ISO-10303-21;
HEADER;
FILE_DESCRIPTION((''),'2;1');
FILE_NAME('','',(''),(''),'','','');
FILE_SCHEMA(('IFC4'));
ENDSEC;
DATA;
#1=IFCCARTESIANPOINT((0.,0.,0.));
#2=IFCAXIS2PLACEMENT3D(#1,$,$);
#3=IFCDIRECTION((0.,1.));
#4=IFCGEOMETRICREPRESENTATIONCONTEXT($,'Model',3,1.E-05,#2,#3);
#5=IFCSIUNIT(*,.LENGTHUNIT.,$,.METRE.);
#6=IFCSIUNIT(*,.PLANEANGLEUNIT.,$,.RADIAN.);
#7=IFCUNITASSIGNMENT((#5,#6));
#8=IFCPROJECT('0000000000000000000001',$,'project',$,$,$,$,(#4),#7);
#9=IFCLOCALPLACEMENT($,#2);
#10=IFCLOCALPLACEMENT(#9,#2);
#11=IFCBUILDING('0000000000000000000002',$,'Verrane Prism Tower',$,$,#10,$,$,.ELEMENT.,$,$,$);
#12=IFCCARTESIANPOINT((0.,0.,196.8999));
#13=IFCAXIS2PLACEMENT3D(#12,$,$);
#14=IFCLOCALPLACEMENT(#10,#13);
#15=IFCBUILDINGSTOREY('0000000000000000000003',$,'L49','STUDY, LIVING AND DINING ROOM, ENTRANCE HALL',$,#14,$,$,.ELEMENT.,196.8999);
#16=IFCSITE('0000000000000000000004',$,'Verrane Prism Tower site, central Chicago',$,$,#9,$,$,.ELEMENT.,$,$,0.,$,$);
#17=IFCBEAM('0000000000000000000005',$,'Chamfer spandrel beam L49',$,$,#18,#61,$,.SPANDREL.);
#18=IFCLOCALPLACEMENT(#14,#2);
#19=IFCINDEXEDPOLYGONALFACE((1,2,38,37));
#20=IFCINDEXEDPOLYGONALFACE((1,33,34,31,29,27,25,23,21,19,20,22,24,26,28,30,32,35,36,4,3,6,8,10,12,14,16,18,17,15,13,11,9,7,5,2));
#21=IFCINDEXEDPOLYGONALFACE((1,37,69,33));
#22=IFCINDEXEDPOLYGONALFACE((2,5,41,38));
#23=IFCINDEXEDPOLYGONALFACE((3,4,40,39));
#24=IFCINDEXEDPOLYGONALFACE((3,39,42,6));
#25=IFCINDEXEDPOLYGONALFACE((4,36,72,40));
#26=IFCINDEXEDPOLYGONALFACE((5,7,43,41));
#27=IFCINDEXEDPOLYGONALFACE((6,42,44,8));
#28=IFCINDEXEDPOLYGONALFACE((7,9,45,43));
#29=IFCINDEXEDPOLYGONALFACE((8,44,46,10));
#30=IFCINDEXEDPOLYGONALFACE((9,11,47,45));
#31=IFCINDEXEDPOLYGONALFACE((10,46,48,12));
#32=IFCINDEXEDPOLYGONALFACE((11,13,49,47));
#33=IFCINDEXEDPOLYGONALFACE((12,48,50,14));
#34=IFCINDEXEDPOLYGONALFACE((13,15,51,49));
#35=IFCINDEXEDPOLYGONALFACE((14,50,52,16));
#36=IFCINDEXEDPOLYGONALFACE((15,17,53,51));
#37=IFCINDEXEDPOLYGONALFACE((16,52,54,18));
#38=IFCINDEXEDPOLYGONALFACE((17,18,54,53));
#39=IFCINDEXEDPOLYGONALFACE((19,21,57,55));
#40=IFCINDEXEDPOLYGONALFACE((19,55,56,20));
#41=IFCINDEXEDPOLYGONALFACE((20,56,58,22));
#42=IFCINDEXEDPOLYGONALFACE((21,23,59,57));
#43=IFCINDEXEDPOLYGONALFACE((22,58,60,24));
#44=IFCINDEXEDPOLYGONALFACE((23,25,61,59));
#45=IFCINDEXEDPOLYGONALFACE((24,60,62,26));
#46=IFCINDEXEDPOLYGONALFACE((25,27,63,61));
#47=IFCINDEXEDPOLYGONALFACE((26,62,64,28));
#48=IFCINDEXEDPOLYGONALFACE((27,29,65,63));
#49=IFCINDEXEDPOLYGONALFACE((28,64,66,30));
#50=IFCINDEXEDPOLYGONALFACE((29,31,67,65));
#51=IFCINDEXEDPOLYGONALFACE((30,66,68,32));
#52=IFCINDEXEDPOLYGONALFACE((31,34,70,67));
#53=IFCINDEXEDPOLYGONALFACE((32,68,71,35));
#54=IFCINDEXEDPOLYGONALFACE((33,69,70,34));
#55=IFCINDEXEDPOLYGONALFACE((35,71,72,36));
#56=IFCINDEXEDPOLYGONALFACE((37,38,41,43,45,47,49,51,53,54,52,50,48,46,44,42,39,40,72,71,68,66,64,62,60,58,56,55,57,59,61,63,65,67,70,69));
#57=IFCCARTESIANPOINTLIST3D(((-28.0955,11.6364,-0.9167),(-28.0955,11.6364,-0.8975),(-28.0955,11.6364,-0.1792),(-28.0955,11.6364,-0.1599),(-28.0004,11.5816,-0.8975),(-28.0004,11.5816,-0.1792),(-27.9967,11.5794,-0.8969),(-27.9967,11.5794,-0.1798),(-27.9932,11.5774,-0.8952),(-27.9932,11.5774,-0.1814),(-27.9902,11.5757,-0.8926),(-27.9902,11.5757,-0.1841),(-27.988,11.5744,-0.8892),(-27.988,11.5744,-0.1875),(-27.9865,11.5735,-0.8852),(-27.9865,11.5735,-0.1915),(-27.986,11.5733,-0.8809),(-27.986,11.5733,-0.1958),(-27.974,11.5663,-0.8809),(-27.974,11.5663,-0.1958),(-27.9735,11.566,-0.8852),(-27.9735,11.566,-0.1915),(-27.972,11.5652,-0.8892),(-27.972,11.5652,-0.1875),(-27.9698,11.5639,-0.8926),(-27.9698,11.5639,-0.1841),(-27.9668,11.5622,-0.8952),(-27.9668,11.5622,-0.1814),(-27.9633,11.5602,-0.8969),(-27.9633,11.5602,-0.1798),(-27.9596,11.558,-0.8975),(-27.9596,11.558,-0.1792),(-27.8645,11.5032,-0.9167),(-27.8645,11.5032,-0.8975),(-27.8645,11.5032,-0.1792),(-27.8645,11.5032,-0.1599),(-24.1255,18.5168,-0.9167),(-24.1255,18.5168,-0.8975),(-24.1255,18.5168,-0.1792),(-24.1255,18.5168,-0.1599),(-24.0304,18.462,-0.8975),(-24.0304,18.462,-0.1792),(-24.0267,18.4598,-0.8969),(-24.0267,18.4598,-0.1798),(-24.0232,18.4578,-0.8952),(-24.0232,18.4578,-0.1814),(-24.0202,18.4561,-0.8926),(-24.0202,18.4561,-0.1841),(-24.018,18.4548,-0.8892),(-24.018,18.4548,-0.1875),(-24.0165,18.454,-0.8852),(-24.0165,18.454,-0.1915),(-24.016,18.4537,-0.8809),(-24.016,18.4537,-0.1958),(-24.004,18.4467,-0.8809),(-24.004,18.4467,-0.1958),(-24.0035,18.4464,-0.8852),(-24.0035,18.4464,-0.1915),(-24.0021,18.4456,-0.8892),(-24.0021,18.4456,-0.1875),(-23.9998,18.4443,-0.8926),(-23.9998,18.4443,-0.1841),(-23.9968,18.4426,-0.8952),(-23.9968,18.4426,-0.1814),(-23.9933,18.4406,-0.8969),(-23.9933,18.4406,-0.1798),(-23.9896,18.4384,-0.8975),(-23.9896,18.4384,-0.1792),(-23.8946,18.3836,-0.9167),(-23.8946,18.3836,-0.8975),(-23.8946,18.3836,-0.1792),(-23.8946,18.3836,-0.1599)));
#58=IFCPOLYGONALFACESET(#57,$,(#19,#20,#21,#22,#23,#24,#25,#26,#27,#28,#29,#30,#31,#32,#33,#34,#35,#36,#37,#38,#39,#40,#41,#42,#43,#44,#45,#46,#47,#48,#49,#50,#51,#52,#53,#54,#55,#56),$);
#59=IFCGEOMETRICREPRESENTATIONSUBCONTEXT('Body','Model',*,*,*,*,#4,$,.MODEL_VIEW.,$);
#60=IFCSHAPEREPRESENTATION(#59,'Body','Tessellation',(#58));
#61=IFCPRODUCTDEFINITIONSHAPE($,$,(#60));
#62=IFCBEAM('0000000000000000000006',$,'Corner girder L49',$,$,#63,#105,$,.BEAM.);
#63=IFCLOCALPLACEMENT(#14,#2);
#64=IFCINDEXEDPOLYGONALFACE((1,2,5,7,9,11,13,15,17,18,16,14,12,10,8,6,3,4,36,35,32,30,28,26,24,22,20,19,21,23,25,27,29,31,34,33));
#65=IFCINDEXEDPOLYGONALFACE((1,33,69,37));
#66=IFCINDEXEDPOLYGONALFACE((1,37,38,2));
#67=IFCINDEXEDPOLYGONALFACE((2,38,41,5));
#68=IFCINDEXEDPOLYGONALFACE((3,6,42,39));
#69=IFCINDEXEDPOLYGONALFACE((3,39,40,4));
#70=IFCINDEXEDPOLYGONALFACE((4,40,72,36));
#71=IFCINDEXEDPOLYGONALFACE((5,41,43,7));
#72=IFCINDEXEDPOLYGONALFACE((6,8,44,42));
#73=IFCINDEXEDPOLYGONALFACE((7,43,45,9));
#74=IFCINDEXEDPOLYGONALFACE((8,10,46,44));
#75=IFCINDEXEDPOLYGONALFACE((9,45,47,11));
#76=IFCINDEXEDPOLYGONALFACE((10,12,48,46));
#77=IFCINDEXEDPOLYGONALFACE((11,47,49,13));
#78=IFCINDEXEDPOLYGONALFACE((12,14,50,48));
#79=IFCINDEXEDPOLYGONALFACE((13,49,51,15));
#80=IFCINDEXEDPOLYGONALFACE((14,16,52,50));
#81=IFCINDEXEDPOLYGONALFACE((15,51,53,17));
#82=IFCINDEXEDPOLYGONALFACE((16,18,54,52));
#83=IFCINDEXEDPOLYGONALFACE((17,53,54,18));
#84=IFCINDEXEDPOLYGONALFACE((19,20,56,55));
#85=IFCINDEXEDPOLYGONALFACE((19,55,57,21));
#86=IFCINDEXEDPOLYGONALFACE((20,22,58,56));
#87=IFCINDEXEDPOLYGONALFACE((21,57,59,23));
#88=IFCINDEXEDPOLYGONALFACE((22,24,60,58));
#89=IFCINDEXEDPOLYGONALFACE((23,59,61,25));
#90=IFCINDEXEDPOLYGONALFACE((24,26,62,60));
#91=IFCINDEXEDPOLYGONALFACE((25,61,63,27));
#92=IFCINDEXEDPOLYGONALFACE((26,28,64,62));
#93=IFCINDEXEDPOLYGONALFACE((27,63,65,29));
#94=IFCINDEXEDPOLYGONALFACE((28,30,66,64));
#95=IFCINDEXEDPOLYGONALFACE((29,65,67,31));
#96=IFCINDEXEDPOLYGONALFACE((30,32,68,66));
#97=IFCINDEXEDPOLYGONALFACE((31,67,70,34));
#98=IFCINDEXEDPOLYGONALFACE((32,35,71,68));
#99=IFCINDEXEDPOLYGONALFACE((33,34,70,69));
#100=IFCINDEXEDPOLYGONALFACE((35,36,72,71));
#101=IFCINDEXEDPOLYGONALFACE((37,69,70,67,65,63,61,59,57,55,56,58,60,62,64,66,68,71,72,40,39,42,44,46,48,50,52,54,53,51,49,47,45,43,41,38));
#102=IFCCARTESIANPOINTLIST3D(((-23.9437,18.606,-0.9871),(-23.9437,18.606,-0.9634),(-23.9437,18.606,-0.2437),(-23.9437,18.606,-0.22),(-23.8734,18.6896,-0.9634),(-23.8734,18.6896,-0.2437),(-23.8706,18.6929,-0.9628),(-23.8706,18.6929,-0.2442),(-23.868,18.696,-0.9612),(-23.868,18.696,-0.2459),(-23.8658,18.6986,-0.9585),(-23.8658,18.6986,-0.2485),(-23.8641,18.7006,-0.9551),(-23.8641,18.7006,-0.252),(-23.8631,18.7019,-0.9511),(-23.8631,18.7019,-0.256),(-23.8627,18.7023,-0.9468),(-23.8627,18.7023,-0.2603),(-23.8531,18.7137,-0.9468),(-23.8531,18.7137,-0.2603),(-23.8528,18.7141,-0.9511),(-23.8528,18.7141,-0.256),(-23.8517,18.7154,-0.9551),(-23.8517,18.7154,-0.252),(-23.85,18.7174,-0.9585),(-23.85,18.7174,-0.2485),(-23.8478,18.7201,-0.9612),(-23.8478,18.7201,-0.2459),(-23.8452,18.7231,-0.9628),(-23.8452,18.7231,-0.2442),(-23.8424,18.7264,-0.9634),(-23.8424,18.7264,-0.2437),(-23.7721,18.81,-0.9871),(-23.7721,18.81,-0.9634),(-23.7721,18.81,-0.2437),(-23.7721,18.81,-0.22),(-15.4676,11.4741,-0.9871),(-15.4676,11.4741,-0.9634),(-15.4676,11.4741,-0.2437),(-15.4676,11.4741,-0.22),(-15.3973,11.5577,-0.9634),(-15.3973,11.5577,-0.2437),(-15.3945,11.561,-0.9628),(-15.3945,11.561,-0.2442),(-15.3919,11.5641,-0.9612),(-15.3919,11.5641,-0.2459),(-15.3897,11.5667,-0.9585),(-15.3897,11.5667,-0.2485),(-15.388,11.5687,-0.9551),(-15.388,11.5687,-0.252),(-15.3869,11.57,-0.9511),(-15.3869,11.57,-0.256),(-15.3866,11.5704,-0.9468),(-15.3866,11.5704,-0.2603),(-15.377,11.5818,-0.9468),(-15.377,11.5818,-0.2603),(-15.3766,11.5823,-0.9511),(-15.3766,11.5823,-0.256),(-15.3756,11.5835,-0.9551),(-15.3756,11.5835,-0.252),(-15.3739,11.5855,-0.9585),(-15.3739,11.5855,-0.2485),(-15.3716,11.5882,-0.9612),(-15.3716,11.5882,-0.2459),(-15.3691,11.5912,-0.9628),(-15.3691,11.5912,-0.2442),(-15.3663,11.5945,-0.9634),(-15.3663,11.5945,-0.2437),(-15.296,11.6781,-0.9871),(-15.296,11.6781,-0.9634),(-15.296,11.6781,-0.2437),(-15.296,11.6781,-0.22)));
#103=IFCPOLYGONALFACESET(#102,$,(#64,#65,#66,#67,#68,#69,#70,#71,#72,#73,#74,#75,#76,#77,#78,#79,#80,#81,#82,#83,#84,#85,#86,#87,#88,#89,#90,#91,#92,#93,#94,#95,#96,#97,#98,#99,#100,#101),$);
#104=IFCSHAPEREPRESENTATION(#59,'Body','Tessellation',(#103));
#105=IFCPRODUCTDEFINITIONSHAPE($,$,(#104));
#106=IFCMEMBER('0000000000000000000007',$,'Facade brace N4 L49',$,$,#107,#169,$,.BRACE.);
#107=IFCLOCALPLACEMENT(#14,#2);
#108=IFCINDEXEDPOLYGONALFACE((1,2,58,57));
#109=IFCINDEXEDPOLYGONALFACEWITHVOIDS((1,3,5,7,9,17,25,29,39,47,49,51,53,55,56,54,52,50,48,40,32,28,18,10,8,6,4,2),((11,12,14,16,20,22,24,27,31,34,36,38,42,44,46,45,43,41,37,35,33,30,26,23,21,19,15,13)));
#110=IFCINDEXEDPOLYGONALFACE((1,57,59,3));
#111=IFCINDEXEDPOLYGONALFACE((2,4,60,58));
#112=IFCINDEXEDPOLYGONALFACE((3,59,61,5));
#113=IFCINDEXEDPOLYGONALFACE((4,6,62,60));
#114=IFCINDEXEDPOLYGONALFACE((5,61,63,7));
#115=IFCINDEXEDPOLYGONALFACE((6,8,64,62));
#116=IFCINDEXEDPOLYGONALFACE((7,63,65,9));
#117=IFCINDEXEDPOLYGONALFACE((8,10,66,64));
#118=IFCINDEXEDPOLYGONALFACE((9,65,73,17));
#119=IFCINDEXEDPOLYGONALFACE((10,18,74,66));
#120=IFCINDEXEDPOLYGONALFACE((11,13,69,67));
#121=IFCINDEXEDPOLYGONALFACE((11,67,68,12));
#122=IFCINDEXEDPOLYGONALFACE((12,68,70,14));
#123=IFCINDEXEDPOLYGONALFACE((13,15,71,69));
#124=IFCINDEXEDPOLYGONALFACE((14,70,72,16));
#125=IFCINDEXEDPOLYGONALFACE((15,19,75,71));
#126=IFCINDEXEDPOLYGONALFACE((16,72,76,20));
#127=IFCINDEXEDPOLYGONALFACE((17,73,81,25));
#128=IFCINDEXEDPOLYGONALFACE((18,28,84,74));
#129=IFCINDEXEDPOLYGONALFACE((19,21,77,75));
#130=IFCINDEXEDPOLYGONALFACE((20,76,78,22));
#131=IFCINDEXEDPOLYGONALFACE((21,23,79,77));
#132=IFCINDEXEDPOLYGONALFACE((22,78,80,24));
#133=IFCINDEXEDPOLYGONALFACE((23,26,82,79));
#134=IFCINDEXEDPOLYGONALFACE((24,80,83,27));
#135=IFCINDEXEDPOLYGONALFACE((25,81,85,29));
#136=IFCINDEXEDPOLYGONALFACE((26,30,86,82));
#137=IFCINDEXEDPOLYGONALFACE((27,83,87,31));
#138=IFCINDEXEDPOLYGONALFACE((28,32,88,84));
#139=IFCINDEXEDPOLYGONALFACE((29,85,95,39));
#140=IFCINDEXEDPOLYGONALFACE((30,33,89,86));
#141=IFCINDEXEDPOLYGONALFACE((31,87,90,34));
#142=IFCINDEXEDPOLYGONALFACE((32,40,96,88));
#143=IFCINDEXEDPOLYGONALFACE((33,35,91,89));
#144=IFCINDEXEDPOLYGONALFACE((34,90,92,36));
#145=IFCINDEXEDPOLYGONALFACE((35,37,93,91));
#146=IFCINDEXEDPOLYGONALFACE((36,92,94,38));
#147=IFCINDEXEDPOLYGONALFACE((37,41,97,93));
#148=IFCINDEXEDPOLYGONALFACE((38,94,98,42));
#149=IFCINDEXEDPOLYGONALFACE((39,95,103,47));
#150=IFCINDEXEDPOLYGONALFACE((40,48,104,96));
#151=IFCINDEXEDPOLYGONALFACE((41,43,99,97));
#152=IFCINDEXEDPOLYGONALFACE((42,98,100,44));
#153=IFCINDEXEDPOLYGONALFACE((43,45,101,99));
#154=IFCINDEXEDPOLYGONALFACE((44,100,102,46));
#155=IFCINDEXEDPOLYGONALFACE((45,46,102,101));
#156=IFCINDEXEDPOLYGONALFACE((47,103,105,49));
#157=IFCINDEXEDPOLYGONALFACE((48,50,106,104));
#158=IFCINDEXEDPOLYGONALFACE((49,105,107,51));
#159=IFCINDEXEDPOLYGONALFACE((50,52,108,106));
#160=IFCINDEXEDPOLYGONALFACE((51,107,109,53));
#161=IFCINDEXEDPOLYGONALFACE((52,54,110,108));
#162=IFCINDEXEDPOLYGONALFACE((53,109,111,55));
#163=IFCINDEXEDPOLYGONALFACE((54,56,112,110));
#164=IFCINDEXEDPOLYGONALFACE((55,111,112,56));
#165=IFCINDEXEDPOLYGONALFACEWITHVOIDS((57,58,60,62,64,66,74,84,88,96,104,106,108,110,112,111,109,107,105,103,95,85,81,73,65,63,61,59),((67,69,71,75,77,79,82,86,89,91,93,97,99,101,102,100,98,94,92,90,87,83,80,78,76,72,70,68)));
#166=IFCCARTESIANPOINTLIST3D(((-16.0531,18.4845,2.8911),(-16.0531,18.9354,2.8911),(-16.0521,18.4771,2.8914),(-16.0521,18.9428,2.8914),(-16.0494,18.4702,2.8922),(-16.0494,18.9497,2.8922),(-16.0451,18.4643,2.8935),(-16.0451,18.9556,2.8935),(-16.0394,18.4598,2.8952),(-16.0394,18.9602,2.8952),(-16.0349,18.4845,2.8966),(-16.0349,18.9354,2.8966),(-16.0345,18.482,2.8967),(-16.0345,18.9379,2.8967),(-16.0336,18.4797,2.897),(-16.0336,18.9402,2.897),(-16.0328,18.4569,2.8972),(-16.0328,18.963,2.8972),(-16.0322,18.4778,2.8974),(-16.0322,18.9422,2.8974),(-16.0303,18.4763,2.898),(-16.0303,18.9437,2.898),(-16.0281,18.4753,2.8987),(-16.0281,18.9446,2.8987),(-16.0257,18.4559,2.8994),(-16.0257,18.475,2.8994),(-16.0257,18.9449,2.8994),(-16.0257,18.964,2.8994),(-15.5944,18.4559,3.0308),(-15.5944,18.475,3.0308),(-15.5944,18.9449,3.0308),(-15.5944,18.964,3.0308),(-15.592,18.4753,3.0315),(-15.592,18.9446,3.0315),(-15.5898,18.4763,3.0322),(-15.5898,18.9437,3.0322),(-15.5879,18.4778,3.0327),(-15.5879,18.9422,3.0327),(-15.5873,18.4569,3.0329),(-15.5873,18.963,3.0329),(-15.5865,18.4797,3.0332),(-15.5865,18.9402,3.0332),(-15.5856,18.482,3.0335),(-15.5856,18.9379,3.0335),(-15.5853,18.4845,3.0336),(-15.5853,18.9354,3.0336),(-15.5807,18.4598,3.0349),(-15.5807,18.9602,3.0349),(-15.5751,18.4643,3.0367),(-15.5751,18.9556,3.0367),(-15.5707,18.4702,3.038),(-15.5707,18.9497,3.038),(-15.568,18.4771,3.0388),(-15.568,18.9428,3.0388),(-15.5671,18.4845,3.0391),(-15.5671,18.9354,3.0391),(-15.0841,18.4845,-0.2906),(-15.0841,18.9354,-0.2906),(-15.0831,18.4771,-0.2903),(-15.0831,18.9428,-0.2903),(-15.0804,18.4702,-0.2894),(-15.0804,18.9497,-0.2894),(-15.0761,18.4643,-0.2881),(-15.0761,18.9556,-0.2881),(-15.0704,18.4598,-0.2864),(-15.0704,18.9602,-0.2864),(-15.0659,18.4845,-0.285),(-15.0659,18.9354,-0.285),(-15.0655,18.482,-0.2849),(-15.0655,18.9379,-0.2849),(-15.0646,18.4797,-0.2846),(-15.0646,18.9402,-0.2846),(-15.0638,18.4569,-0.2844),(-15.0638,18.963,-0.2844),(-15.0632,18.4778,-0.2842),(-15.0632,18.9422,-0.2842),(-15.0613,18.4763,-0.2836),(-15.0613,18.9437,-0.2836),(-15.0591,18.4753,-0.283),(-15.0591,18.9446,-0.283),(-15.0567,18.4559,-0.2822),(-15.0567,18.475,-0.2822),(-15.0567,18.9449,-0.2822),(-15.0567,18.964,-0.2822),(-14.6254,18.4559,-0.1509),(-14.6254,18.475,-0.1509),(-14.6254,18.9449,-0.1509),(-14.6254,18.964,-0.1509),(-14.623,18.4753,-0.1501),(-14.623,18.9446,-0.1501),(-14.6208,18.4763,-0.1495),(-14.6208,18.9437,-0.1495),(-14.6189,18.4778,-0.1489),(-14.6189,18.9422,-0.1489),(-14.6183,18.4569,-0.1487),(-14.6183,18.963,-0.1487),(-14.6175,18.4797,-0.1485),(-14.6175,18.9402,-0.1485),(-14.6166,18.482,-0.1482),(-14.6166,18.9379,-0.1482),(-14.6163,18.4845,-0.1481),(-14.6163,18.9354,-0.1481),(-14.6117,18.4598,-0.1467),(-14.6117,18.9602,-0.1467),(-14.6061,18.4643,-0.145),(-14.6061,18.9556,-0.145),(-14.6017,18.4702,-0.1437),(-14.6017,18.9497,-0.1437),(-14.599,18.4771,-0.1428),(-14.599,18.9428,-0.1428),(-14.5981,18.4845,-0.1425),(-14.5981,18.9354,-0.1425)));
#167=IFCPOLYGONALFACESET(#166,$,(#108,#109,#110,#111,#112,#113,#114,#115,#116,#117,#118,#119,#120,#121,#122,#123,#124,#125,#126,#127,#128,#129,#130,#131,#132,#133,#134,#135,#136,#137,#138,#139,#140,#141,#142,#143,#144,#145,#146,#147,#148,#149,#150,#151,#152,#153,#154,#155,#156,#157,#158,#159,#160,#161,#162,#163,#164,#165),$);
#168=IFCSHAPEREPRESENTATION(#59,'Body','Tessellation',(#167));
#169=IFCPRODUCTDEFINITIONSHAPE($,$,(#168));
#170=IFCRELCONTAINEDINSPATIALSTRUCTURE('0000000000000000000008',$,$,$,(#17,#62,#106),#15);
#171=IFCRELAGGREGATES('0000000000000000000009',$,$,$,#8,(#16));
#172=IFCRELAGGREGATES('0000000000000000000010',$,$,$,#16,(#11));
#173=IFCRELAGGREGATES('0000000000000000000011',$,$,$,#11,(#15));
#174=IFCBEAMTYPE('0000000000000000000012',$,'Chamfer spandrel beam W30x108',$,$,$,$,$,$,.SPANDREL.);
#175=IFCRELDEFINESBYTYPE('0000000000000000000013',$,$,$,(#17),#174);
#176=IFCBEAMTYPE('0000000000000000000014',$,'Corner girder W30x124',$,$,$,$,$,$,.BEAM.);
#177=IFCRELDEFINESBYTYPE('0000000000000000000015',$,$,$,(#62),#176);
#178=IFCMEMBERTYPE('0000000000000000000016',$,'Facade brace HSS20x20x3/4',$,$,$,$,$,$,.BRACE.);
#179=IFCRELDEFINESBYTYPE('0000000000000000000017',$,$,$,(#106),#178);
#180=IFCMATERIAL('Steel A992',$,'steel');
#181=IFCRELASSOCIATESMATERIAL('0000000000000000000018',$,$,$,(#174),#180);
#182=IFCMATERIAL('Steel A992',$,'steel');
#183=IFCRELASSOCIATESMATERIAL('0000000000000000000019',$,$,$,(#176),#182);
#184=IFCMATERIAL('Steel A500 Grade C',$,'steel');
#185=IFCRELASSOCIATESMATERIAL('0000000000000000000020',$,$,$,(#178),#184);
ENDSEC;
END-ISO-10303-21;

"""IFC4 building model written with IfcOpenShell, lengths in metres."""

from ifc_helpers import new_model, si_unit, direction, frame, origin, origin_2d, place, context, subcontext, project, spatial, hollow_rectangle, i_section, extrude, material, material_profile, profile_set, type_object, element, save


model = new_model("IFC4")

# Units and contexts
model_context = context("Model", 3, precision=1e-05, world=origin(), true_north=direction((0.0, 1.0)))
body_context = subcontext(model_context, "Body", "Model", "MODEL_VIEW")
ifc_project = project(units=[si_unit("LENGTHUNIT", "METRE"), si_unit("PLANEANGLEUNIT", "RADIAN")], contexts=[model_context])

# Site, building, storey
site_placement = place(None, origin())
site = spatial("IfcSite", under=ifc_project, at=site_placement, Name="Verrane Prism Tower site, central Chicago", CompositionType="ELEMENT", RefElevation=0.0)
building_placement = place(site_placement, origin())
building = spatial("IfcBuilding", under=site, at=building_placement, Name="Verrane Prism Tower", CompositionType="ELEMENT")
storey_placement = place(building_placement, frame((0.0, 0.0, 196.8999)))
storey = spatial("IfcBuildingStorey", under=building, at=storey_placement, Name="L49", Description="STUDY, LIVING AND DINING ROOM, ENTRANCE HALL", CompositionType="ELEMENT", Elevation=196.8999)

# Beams
ifc_material_1 = material(Name="Steel A992", Category="steel")
ifc_material_profile_1 = material_profile(ifc_material_1, i_section(OverallWidth=0.2666, OverallDepth=0.7568, WebThickness=0.0139, FlangeThickness=0.0193, FilletRadius=0.0166, at=origin_2d()), Name="W30x108")
ifc_profile_set_1 = profile_set([ifc_material_profile_1], Name="Steel A992")
beam_type_1 = type_object("IfcBeamType", Name="Chamfer spandrel beam W30x108", PredefinedType="SPANDREL", material=ifc_profile_set_1)
beam_1_placement = place(storey_placement, frame((-24.01, 18.4502, -0.5383), z_axis=(-0.499772, -0.866157, 0.0), x_axis=(0.866157, -0.499772, 0.0)))
element("IfcBeam", 1, at=beam_1_placement, inside=storey, type_object=beam_type_1, Name="Chamfer spandrel beam L49", PredefinedType="SPANDREL", context=body_context, shape_type="SweptSolid", body=[
    extrude(i_section(OverallWidth=0.2666, OverallDepth=0.7568, WebThickness=0.0139, FlangeThickness=0.0193, FilletRadius=0.0166, at=origin_2d()), origin(), (0.0, 0.0, 1.0), 7.9436),
])
ifc_material_2 = material(Name="Steel A992", Category="steel")
ifc_material_profile_2 = material_profile(ifc_material_2, i_section(OverallWidth=0.2666, OverallDepth=0.7671, WebThickness=0.0149, FlangeThickness=0.0237, FilletRadius=0.0166, at=origin_2d()), Name="W30x124")
ifc_profile_set_2 = profile_set([ifc_material_profile_2], Name="Steel A992")
beam_type_2 = type_object("IfcBeamType", Name="Corner girder W30x124", PredefinedType="BEAM", material=ifc_profile_set_2)
beam_2_placement = place(storey_placement, frame((-23.8579, 18.708, -0.6035), z_axis=(0.765174, -0.643823, 0.0), x_axis=(0.643823, 0.765174, 0.0)))
element("IfcBeam", 2, at=beam_2_placement, inside=storey, type_object=beam_type_2, Name="Corner girder L49", PredefinedType="BEAM", context=body_context, shape_type="SweptSolid", body=[
    extrude(i_section(OverallWidth=0.2666, OverallDepth=0.7671, WebThickness=0.0149, FlangeThickness=0.0237, FilletRadius=0.0166, at=origin_2d()), origin(), (0.0, 0.0, 1.0), 11.0774),
])

# Member
ifc_material_3 = material(Name="Steel A500 Grade C", Category="steel")
ifc_material_profile_3 = material_profile(ifc_material_3, hollow_rectangle(XDim=0.5081, YDim=0.5081, WallThickness=0.019, InnerFilletRadius=0.0095, OuterFilletRadius=0.0286, at=origin_2d()), Name="HSS20x20x3/4")
ifc_profile_set_3 = profile_set([ifc_material_profile_3], Name="Steel A500 Grade C")
member_type_1 = type_object("IfcMemberType", Name="Facade brace HSS20x20x3/4", PredefinedType="BRACE", material=ifc_profile_set_3)
member_1_placement = place(storey_placement, frame((-14.8411, 18.71, -0.2166), z_axis=(-0.291346, 0.0, 0.956618), x_axis=(0.0, -1.0, 0.0)))
element("IfcMember", 3, at=member_1_placement, inside=storey, type_object=member_type_1, Name="Facade brace N4 L49", PredefinedType="BRACE", context=body_context, shape_type="SweptSolid", body=[
    extrude(hollow_rectangle(XDim=0.5081, YDim=0.5081, WallThickness=0.019, InnerFilletRadius=0.0095, OuterFilletRadius=0.0286, at=origin_2d()), origin(), (0.0, 0.0, 1.0), 3.3259),
])

save(model, "model.ifc")
